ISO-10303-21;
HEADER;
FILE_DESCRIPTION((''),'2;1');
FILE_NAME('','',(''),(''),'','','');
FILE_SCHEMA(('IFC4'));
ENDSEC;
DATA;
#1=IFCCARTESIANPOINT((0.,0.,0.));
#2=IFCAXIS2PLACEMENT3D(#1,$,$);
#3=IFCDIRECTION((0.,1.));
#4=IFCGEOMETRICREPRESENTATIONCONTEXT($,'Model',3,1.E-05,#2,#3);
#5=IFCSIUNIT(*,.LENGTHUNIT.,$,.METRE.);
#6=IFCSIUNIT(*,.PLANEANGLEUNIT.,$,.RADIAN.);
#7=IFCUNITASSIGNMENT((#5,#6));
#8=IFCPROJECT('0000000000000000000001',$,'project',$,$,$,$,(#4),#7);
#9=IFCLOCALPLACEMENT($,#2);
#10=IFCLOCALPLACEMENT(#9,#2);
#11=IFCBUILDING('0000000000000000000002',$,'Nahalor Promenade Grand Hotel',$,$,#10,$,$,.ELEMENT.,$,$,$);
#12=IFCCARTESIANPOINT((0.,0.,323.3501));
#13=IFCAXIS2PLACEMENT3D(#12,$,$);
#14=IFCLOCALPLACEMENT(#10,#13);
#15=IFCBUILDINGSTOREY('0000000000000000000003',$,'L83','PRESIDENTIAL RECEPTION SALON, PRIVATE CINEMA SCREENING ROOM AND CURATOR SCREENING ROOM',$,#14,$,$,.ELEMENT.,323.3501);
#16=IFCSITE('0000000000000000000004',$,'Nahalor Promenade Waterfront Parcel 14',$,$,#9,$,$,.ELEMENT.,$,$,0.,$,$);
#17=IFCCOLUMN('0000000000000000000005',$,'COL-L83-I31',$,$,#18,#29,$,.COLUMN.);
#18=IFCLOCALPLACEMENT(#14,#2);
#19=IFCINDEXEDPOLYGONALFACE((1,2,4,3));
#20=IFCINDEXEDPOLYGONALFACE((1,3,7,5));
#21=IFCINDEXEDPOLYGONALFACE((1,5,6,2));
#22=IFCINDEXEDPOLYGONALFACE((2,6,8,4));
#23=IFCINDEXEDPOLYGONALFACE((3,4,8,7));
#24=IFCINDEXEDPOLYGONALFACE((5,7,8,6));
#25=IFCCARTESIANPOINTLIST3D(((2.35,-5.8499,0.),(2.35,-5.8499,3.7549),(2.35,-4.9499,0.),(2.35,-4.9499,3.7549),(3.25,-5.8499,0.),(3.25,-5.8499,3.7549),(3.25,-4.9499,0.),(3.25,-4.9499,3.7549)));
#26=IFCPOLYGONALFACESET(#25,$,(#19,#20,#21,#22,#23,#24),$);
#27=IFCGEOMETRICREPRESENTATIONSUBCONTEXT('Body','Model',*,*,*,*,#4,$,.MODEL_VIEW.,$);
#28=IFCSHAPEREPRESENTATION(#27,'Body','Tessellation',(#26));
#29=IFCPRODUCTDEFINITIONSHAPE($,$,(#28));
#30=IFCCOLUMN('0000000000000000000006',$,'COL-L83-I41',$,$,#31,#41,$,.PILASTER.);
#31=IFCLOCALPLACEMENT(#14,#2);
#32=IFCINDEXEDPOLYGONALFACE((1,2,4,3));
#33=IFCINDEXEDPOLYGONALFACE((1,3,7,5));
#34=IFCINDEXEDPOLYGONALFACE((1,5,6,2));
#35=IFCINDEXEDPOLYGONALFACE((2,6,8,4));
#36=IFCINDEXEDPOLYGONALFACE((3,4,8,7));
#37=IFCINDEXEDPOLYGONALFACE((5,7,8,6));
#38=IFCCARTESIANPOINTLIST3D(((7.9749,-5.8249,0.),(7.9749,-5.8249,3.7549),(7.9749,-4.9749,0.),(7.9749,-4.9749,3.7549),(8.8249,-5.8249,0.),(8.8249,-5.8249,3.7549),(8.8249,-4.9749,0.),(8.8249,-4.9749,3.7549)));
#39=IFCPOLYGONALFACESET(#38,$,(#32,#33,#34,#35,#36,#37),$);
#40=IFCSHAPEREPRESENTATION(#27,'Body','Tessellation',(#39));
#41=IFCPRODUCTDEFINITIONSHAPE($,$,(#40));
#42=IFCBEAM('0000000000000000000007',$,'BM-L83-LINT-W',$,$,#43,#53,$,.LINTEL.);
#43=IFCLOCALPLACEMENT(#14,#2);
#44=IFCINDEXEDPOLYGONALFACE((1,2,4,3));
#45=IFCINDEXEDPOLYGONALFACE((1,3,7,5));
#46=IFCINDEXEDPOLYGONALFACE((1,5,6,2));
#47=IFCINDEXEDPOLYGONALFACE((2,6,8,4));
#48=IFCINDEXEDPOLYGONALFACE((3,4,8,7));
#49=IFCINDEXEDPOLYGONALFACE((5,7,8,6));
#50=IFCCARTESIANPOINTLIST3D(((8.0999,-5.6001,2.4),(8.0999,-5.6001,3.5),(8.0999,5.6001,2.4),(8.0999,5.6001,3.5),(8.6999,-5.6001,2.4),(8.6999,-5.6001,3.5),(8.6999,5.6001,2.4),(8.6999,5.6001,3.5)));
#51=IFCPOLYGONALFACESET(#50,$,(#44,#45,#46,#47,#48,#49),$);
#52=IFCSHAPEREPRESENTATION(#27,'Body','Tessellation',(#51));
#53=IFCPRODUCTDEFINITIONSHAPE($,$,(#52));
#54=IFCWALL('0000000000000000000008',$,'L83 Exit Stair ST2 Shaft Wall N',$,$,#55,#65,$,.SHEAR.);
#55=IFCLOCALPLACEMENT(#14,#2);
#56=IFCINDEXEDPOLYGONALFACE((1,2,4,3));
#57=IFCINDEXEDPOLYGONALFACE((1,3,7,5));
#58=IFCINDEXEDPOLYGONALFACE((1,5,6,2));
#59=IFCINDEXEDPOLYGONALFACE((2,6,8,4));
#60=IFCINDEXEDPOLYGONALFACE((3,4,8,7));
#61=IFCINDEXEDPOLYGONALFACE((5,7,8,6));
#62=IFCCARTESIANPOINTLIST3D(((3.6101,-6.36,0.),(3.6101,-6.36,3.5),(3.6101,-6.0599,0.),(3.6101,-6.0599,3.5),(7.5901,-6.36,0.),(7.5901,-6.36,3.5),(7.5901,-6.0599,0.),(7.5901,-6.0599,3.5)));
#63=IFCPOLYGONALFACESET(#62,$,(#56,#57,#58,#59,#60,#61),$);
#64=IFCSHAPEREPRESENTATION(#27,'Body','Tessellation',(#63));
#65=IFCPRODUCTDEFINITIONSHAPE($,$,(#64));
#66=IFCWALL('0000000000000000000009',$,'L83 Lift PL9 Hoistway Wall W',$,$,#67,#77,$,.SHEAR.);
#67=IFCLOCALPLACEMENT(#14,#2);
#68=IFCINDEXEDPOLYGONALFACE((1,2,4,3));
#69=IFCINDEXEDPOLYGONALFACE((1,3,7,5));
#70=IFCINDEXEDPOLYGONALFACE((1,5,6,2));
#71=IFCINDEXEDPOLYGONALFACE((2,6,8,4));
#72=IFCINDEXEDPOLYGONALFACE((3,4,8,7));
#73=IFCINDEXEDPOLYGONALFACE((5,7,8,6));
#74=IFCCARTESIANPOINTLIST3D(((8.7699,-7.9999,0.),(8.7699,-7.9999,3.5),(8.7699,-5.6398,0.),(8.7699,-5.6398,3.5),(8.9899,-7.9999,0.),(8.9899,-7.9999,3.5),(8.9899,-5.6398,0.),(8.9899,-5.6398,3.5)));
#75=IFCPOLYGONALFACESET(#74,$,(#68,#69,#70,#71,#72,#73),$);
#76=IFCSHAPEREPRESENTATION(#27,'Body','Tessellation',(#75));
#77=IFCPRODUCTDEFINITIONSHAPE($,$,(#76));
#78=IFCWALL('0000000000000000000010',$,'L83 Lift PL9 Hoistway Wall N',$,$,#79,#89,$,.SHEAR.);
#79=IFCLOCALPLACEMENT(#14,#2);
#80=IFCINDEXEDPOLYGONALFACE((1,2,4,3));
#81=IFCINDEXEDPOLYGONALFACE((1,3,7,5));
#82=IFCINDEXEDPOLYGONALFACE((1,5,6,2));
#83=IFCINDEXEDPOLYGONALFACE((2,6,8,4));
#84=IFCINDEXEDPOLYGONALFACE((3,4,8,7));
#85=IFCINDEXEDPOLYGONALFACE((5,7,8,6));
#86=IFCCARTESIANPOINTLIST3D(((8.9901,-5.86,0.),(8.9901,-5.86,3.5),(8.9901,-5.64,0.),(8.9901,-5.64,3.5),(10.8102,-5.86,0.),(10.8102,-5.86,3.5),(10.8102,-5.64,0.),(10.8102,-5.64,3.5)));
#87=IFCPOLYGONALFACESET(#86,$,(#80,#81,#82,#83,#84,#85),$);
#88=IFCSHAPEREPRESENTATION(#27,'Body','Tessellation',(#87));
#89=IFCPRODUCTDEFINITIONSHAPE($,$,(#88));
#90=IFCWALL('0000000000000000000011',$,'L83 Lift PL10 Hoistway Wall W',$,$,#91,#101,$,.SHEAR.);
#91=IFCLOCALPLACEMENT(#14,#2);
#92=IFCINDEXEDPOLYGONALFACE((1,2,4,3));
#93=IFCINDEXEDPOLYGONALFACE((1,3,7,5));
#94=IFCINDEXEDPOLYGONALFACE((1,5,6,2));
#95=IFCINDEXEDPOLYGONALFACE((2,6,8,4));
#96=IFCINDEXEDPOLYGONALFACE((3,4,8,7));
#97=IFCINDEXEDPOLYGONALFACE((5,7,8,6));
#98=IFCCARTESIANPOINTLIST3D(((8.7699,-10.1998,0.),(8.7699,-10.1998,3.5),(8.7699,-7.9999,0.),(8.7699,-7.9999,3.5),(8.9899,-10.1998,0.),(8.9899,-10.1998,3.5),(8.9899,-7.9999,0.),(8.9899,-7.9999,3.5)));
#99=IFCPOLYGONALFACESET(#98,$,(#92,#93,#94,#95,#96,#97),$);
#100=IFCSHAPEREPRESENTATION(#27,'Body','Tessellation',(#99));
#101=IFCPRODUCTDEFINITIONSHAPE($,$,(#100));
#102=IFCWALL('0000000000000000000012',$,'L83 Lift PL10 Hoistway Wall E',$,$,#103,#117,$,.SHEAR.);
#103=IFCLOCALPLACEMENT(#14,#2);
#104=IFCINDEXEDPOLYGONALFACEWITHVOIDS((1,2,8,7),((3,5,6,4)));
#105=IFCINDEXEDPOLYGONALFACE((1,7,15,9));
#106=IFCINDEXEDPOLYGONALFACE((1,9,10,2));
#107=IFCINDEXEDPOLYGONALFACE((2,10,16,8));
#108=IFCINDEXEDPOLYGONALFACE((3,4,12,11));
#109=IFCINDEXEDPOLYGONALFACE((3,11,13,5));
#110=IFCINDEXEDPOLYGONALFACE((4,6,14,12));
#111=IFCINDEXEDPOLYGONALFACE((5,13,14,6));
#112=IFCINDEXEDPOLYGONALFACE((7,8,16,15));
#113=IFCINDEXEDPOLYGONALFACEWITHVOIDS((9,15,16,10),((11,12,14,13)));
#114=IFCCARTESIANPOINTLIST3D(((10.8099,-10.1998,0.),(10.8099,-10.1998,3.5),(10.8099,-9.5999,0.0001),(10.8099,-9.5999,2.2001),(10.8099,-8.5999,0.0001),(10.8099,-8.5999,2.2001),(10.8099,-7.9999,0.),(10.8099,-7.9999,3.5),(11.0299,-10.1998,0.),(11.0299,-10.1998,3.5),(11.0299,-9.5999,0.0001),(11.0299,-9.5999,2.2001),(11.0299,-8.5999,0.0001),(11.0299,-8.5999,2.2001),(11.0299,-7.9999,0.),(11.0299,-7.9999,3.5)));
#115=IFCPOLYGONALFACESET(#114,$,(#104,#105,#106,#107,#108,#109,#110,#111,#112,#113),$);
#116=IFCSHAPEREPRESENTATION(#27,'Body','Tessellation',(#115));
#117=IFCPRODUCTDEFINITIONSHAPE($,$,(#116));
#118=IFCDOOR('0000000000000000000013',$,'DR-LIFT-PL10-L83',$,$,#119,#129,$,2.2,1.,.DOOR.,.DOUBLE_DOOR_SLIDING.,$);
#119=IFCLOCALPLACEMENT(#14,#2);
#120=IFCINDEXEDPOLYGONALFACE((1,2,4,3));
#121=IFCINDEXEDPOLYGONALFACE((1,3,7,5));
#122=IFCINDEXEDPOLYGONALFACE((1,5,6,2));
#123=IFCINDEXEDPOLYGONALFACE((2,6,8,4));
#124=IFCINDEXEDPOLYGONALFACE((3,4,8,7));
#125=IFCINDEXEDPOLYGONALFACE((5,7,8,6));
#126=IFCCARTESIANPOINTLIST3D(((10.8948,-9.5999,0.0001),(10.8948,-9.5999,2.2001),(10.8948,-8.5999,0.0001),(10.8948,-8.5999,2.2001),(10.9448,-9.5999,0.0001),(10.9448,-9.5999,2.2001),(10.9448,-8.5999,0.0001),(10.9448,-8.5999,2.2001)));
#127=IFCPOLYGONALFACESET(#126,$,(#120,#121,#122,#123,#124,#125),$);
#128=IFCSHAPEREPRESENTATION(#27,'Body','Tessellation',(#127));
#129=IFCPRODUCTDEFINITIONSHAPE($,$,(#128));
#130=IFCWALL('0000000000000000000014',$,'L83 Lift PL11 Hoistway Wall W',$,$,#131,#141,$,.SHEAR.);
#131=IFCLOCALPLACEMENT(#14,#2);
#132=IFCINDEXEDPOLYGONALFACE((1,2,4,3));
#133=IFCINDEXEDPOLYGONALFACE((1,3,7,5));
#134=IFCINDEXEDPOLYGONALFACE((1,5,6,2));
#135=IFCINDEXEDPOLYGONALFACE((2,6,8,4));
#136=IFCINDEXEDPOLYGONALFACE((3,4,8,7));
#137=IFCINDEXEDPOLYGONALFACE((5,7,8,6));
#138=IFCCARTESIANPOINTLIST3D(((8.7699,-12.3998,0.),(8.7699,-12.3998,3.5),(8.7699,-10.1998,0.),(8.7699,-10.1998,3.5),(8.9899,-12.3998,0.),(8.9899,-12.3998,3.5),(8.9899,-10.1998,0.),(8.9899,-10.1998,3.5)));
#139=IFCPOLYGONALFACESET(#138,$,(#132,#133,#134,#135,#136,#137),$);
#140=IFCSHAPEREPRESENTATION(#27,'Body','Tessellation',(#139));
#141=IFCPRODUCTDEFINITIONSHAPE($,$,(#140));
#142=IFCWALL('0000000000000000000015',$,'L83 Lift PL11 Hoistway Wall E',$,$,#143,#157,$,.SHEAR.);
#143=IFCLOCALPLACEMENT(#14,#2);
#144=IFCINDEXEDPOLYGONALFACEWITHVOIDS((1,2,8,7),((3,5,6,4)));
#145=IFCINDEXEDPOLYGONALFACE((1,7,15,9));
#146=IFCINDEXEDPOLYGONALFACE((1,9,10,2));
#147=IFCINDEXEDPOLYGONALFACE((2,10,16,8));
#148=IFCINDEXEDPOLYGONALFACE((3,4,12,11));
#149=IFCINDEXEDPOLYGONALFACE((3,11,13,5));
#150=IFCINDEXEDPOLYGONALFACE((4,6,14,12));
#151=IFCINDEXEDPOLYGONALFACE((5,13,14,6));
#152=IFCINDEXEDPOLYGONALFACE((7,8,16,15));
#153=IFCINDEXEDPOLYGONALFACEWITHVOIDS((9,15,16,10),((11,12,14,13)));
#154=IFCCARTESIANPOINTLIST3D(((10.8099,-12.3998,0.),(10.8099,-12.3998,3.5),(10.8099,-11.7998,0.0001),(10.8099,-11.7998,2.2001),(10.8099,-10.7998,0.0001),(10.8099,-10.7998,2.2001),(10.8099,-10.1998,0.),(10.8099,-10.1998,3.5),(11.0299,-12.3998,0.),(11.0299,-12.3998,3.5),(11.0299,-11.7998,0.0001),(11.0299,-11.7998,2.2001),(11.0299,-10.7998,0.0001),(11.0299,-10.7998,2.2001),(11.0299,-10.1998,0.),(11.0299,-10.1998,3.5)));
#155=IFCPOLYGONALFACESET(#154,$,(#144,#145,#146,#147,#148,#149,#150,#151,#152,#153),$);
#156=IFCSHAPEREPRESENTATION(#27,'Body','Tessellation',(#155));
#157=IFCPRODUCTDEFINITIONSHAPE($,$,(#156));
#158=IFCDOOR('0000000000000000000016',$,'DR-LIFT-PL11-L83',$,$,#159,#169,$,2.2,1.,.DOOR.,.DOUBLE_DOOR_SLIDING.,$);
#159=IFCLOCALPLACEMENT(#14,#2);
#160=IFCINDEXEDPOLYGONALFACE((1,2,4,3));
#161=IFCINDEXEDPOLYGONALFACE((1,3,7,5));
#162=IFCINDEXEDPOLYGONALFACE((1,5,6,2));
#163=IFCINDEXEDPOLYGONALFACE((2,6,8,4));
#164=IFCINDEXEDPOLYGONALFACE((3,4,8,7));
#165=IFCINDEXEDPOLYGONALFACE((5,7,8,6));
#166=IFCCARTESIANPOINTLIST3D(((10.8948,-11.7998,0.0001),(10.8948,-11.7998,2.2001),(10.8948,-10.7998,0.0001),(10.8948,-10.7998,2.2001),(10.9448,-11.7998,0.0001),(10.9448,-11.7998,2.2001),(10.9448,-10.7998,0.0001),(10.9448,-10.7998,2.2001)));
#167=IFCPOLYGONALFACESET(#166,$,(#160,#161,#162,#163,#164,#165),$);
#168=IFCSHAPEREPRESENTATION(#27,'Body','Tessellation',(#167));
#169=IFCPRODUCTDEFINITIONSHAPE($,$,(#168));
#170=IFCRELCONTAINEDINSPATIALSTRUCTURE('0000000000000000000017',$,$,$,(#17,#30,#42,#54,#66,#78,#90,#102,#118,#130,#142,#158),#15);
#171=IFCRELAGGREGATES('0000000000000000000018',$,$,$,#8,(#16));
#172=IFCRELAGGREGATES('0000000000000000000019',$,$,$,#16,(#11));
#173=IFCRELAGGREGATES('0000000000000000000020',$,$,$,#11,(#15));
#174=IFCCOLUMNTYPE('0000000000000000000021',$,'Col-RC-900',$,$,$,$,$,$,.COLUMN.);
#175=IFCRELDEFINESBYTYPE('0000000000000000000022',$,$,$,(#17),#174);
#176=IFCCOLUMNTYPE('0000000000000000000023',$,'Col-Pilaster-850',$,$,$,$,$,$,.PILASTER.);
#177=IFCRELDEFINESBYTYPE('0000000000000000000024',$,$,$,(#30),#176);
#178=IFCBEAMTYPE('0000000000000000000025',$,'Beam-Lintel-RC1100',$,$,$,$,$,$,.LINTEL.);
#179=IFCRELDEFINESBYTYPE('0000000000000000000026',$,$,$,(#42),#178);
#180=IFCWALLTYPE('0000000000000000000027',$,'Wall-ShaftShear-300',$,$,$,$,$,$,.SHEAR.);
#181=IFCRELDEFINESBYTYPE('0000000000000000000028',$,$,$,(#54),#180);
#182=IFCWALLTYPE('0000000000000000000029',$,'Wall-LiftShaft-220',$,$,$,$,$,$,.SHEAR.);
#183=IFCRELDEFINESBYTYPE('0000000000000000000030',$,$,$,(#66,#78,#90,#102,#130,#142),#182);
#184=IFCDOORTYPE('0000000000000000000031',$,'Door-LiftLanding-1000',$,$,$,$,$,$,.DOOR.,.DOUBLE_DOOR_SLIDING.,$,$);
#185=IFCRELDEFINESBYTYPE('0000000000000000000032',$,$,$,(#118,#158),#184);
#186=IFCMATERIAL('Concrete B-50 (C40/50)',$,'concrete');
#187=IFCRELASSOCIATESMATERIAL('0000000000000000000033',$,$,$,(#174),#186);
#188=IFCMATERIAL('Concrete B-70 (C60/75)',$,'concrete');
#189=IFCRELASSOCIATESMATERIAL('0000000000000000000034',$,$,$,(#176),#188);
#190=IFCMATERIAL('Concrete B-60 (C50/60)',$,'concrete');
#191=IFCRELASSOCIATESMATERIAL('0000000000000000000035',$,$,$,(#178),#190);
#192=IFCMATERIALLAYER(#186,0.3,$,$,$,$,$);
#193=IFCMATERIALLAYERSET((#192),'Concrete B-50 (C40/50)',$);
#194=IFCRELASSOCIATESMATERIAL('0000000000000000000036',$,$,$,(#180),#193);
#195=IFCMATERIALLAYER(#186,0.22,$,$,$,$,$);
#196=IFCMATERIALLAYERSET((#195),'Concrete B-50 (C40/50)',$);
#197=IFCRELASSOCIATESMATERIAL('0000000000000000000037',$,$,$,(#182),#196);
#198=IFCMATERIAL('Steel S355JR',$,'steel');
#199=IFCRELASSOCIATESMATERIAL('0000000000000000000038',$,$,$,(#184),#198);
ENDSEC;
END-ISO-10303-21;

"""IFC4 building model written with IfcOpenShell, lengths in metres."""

from ifc_helpers import new_model, si_unit, direction, frame, frame_2d, origin, origin_2d, place, context, subcontext, project, spatial, rectangle, extrude, source, transform, mapped, material, layer, layer_set, material_profile, profile_set, type_object, element, fill, save


model = new_model("IFC4")

# Units and contexts
model_context = context("Model", 3, precision=1e-05, world=origin(), true_north=direction((0.0, 1.0)))
body_context = subcontext(model_context, "Body", "Model", "MODEL_VIEW")
ifc_project = project(units=[si_unit("LENGTHUNIT", "METRE"), si_unit("PLANEANGLEUNIT", "RADIAN")], contexts=[model_context])

# Site, building, storey
site_placement = place(None, origin())
site = spatial("IfcSite", under=ifc_project, at=site_placement, Name="Nahalor Promenade Waterfront Parcel 14", CompositionType="ELEMENT", RefElevation=0.0)
building_placement = place(site_placement, origin())
building = spatial("IfcBuilding", under=site, at=building_placement, Name="Nahalor Promenade Grand Hotel", CompositionType="ELEMENT")
storey_placement = place(building_placement, frame((0.0, 0.0, 323.3501)))
storey = spatial("IfcBuildingStorey", under=building, at=storey_placement, Name="L83", Description="PRESIDENTIAL RECEPTION SALON, PRIVATE CINEMA SCREENING ROOM AND CURATOR SCREENING ROOM", CompositionType="ELEMENT", Elevation=323.3501)

# Columns
ifc_material_1 = material(Name="Concrete B-50 (C40/50)", Category="concrete")
ifc_material_profile_1 = material_profile(ifc_material_1, rectangle(XDim=0.9, YDim=0.9, at=origin_2d()), Name="RC 900x900")
ifc_profile_set_1 = profile_set([ifc_material_profile_1], Name="Concrete B-50 (C40/50)")
column_type_1 = type_object("IfcColumnType", Name="Col-RC-900", PredefinedType="COLUMN", material=ifc_profile_set_1)
shared_shape_1 = source(origin(), body_context, "Body", "SweptSolid", [
    extrude(rectangle(XDim=0.9, YDim=0.9, at=origin_2d()), origin(), (0.0, 0.0, 1.0), 3.7549),
])
column_1_placement = place(storey_placement, frame((2.8, -5.3999, 0.0), z_axis=(0.0, 0.0, 1.0), x_axis=(1.0, 0.0, 0.0)))
element("IfcColumn", 1, at=column_1_placement, inside=storey, type_object=column_type_1, Name="COL-L83-I31", PredefinedType="COLUMN", context=body_context, shape_type="MappedRepresentation", body=[
    mapped(shared_shape_1, transform((0.0, 0.0, 0.0), scale=1.0)),
])
ifc_material_2 = material(Name="Concrete B-70 (C60/75)", Category="concrete")
ifc_material_profile_2 = material_profile(ifc_material_2, rectangle(XDim=0.85, YDim=0.85, at=origin_2d()), Name="RC 850x850")
ifc_profile_set_2 = profile_set([ifc_material_profile_2], Name="Concrete B-70 (C60/75)")
column_type_2 = type_object("IfcColumnType", Name="Col-Pilaster-850", PredefinedType="PILASTER", material=ifc_profile_set_2)
shared_shape_2 = source(origin(), body_context, "Body", "SweptSolid", [
    extrude(rectangle(XDim=0.85, YDim=0.85, at=origin_2d()), origin(), (0.0, 0.0, 1.0), 3.7549),
])
column_2_placement = place(storey_placement, frame((8.3999, -5.3999, 0.0), z_axis=(0.0, 0.0, 1.0), x_axis=(1.0, 0.0, 0.0)))
element("IfcColumn", 2, at=column_2_placement, inside=storey, type_object=column_type_2, Name="COL-L83-I41", PredefinedType="PILASTER", context=body_context, shape_type="MappedRepresentation", body=[
    mapped(shared_shape_2, transform((0.0, 0.0, 0.0), scale=1.0)),
])

# Beam
ifc_material_3 = material(Name="Concrete B-60 (C50/60)", Category="concrete")
ifc_material_profile_3 = material_profile(ifc_material_3, rectangle(XDim=0.6, YDim=1.1, at=origin_2d()), Name="RC 600x1100")
ifc_profile_set_3 = profile_set([ifc_material_profile_3], Name="Concrete B-60 (C50/60)")
beam_type = type_object("IfcBeamType", Name="Beam-Lintel-RC1100", PredefinedType="LINTEL", material=ifc_profile_set_3)
shared_shape_3 = source(origin(), body_context, "Body", "SweptSolid", [
    extrude(rectangle(XDim=0.6, YDim=1.1, at=origin_2d()), origin(), (0.0, 0.0, 1.0), 11.2002),
])
beam_placement = place(storey_placement, frame((8.3999, -5.6001, 2.95), z_axis=(0.0, 1.0, 0.0), x_axis=(-1.0, 0.0, 0.0)))
element("IfcBeam", 3, at=beam_placement, inside=storey, type_object=beam_type, Name="BM-L83-LINT-W", PredefinedType="LINTEL", context=body_context, shape_type="MappedRepresentation", body=[
    mapped(shared_shape_3, transform((0.0, 0.0, 0.0), scale=1.0)),
])

# Walls
ifc_layer_1 = layer(ifc_material_1, 0.3)
ifc_layer_set_1 = layer_set([ifc_layer_1], Name="Concrete B-50 (C40/50)")
wall_type_1 = type_object("IfcWallType", Name="Wall-ShaftShear-300", PredefinedType="SHEAR", material=ifc_layer_set_1)
shared_shape_4 = source(origin(), body_context, "Body", "SweptSolid", [
    extrude(rectangle(XDim=3.98, YDim=0.3, at=frame_2d((1.99, 0.0))), origin(), (0.0, 0.0, 1.0), 3.5),
])
wall_1_placement = place(storey_placement, frame((3.6101, -6.21, 0.0), z_axis=(0.0, 0.0, 1.0), x_axis=(1.0, 0.0, 0.0)))
element("IfcWall", 4, at=wall_1_placement, inside=storey, type_object=wall_type_1, Name="L83 Exit Stair ST2 Shaft Wall N", PredefinedType="SHEAR", context=body_context, shape_type="MappedRepresentation", body=[
    mapped(shared_shape_4, transform((0.0, 0.0, 0.0), scale=1.0)),
])
ifc_layer_2 = layer(ifc_material_1, 0.22)
ifc_layer_set_2 = layer_set([ifc_layer_2], Name="Concrete B-50 (C40/50)")
wall_type_2 = type_object("IfcWallType", Name="Wall-LiftShaft-220", PredefinedType="SHEAR", material=ifc_layer_set_2)
shared_shape_5 = source(origin(), body_context, "Body", "SweptSolid", [
    extrude(rectangle(XDim=2.3601, YDim=0.22, at=frame_2d((1.1802, 0.0))), origin(), (0.0, 0.0, 1.0), 3.5),
])
wall_2_placement = place(storey_placement, frame((8.8799, -8.0, 0.0), z_axis=(0.0, 0.0, 1.0), x_axis=(0.0, 1.0, 0.0)))
element("IfcWall", 5, at=wall_2_placement, inside=storey, type_object=wall_type_2, Name="L83 Lift PL9 Hoistway Wall W", PredefinedType="SHEAR", context=body_context, shape_type="MappedRepresentation", body=[
    mapped(shared_shape_5, transform((0.0, 0.0, 0.0), scale=1.0)),
])
shared_shape_6 = source(origin(), body_context, "Body", "SweptSolid", [
    extrude(rectangle(XDim=1.8201, YDim=0.22, at=frame_2d((0.9102, 0.0))), origin(), (0.0, 0.0, 1.0), 3.5),
])
wall_3_placement = place(storey_placement, frame((8.99, -5.75, 0.0), z_axis=(0.0, 0.0, 1.0), x_axis=(1.0, 0.0, 0.0)))
element("IfcWall", 6, at=wall_3_placement, inside=storey, type_object=wall_type_2, Name="L83 Lift PL9 Hoistway Wall N", PredefinedType="SHEAR", context=body_context, shape_type="MappedRepresentation", body=[
    mapped(shared_shape_6, transform((0.0, 0.0, 0.0), scale=1.0)),
])
shared_shape_7 = source(origin(), body_context, "Body", "SweptSolid", [
    extrude(rectangle(XDim=2.2, YDim=0.22, at=frame_2d((1.1001, 0.0))), origin(), (0.0, 0.0, 1.0), 3.5),
])
wall_4_placement = place(storey_placement, frame((8.8799, -10.2, 0.0), z_axis=(0.0, 0.0, 1.0), x_axis=(0.0, 1.0, 0.0)))
element("IfcWall", 7, at=wall_4_placement, inside=storey, type_object=wall_type_2, Name="L83 Lift PL10 Hoistway Wall W", PredefinedType="SHEAR", context=body_context, shape_type="MappedRepresentation", body=[
    mapped(shared_shape_7, transform((0.0, 0.0, 0.0), scale=1.0)),
])

# Wall, opening, door
wall_5_placement = place(storey_placement, frame((10.9199, -10.2, 0.0), z_axis=(0.0, 0.0, 1.0), x_axis=(0.0, 1.0, 0.0)))
wall_5 = element("IfcWall", 8, at=wall_5_placement, inside=storey, type_object=wall_type_2, Name="L83 Lift PL10 Hoistway Wall E", PredefinedType="SHEAR", context=body_context, shape_type="MappedRepresentation", body=[
    mapped(shared_shape_7, transform((0.0, 0.0, 0.0), scale=1.0)),
])
opening_1_placement = place(wall_5_placement, frame((0.6001, 0.0, 0.0)))
opening_1 = element("IfcOpeningElement", 9, at=opening_1_placement, cuts=wall_5, PredefinedType="OPENING", context=body_context, shape_type="SweptSolid", body=[
    extrude(rectangle(XDim=1.0, YDim=2.2, at=frame_2d((0.5, 1.1001))), frame((0.0, 0.1199, 0.0), z_axis=(0.0, -1.0, 0.0), x_axis=(1.0, 0.0, 0.0)), (0.0, 0.0, 1.0), 0.24),
])
ifc_material_4 = material(Name="Steel S355JR", Category="steel")
door_type = type_object("IfcDoorType", Name="Door-LiftLanding-1000", OperationType="DOUBLE_DOOR_SLIDING", PredefinedType="DOOR", material=ifc_material_4)
shared_shape_8 = source(origin(), body_context, "Body", "SweptSolid", [
    extrude(rectangle(XDim=1.0, YDim=2.2, at=frame_2d((0.5, 1.1001))), frame((0.0, 0.0249, 0.0), z_axis=(0.0, -1.0, 0.0), x_axis=(1.0, 0.0, 0.0)), (0.0, 0.0, 1.0), 0.05),
])
door_1_placement = place(opening_1_placement, frame((1.0, 0.0, 0.0), z_axis=(0.0, 0.0, 1.0), x_axis=(-1.0, 0.0, 0.0)))
door_1 = element("IfcDoor", 10, at=door_1_placement, inside=storey, type_object=door_type, Name="DR-LIFT-PL10-L83", OperationType="DOUBLE_DOOR_SLIDING", OverallHeight=2.2, OverallWidth=1.0, PredefinedType="DOOR", context=body_context, shape_type="MappedRepresentation", body=[
    mapped(shared_shape_8, transform((0.0, 0.0, 0.0), scale=1.0)),
])
fill(opening_1, door_1)

# Wall
wall_6_placement = place(storey_placement, frame((8.8799, -12.3999, 0.0), z_axis=(0.0, 0.0, 1.0), x_axis=(0.0, 1.0, 0.0)))
element("IfcWall", 11, at=wall_6_placement, inside=storey, type_object=wall_type_2, Name="L83 Lift PL11 Hoistway Wall W", PredefinedType="SHEAR", context=body_context, shape_type="MappedRepresentation", body=[
    mapped(shared_shape_7, transform((0.0, 0.0, 0.0), scale=1.0)),
])

# Wall, opening, door
wall_7_placement = place(storey_placement, frame((10.9199, -12.3999, 0.0), z_axis=(0.0, 0.0, 1.0), x_axis=(0.0, 1.0, 0.0)))
wall_7 = element("IfcWall", 12, at=wall_7_placement, inside=storey, type_object=wall_type_2, Name="L83 Lift PL11 Hoistway Wall E", PredefinedType="SHEAR", context=body_context, shape_type="MappedRepresentation", body=[
    mapped(shared_shape_7, transform((0.0, 0.0, 0.0), scale=1.0)),
])
opening_2_placement = place(wall_7_placement, frame((0.6001, 0.0, 0.0)))
opening_2 = element("IfcOpeningElement", 13, at=opening_2_placement, cuts=wall_7, PredefinedType="OPENING", context=body_context, shape_type="SweptSolid", body=[
    extrude(rectangle(XDim=1.0, YDim=2.2, at=frame_2d((0.5, 1.1001))), frame((0.0, 0.1199, 0.0), z_axis=(0.0, -1.0, 0.0), x_axis=(1.0, 0.0, 0.0)), (0.0, 0.0, 1.0), 0.24),
])
door_2_placement = place(opening_2_placement, frame((1.0, 0.0, 0.0), z_axis=(0.0, 0.0, 1.0), x_axis=(-1.0, 0.0, 0.0)))
door_2 = element("IfcDoor", 14, at=door_2_placement, inside=storey, type_object=door_type, Name="DR-LIFT-PL11-L83", OperationType="DOUBLE_DOOR_SLIDING", OverallHeight=2.2, OverallWidth=1.0, PredefinedType="DOOR", context=body_context, shape_type="MappedRepresentation", body=[
    mapped(shared_shape_8, transform((0.0, 0.0, 0.0), scale=1.0)),
])
fill(opening_2, door_2)

save(model, "model.ifc")
